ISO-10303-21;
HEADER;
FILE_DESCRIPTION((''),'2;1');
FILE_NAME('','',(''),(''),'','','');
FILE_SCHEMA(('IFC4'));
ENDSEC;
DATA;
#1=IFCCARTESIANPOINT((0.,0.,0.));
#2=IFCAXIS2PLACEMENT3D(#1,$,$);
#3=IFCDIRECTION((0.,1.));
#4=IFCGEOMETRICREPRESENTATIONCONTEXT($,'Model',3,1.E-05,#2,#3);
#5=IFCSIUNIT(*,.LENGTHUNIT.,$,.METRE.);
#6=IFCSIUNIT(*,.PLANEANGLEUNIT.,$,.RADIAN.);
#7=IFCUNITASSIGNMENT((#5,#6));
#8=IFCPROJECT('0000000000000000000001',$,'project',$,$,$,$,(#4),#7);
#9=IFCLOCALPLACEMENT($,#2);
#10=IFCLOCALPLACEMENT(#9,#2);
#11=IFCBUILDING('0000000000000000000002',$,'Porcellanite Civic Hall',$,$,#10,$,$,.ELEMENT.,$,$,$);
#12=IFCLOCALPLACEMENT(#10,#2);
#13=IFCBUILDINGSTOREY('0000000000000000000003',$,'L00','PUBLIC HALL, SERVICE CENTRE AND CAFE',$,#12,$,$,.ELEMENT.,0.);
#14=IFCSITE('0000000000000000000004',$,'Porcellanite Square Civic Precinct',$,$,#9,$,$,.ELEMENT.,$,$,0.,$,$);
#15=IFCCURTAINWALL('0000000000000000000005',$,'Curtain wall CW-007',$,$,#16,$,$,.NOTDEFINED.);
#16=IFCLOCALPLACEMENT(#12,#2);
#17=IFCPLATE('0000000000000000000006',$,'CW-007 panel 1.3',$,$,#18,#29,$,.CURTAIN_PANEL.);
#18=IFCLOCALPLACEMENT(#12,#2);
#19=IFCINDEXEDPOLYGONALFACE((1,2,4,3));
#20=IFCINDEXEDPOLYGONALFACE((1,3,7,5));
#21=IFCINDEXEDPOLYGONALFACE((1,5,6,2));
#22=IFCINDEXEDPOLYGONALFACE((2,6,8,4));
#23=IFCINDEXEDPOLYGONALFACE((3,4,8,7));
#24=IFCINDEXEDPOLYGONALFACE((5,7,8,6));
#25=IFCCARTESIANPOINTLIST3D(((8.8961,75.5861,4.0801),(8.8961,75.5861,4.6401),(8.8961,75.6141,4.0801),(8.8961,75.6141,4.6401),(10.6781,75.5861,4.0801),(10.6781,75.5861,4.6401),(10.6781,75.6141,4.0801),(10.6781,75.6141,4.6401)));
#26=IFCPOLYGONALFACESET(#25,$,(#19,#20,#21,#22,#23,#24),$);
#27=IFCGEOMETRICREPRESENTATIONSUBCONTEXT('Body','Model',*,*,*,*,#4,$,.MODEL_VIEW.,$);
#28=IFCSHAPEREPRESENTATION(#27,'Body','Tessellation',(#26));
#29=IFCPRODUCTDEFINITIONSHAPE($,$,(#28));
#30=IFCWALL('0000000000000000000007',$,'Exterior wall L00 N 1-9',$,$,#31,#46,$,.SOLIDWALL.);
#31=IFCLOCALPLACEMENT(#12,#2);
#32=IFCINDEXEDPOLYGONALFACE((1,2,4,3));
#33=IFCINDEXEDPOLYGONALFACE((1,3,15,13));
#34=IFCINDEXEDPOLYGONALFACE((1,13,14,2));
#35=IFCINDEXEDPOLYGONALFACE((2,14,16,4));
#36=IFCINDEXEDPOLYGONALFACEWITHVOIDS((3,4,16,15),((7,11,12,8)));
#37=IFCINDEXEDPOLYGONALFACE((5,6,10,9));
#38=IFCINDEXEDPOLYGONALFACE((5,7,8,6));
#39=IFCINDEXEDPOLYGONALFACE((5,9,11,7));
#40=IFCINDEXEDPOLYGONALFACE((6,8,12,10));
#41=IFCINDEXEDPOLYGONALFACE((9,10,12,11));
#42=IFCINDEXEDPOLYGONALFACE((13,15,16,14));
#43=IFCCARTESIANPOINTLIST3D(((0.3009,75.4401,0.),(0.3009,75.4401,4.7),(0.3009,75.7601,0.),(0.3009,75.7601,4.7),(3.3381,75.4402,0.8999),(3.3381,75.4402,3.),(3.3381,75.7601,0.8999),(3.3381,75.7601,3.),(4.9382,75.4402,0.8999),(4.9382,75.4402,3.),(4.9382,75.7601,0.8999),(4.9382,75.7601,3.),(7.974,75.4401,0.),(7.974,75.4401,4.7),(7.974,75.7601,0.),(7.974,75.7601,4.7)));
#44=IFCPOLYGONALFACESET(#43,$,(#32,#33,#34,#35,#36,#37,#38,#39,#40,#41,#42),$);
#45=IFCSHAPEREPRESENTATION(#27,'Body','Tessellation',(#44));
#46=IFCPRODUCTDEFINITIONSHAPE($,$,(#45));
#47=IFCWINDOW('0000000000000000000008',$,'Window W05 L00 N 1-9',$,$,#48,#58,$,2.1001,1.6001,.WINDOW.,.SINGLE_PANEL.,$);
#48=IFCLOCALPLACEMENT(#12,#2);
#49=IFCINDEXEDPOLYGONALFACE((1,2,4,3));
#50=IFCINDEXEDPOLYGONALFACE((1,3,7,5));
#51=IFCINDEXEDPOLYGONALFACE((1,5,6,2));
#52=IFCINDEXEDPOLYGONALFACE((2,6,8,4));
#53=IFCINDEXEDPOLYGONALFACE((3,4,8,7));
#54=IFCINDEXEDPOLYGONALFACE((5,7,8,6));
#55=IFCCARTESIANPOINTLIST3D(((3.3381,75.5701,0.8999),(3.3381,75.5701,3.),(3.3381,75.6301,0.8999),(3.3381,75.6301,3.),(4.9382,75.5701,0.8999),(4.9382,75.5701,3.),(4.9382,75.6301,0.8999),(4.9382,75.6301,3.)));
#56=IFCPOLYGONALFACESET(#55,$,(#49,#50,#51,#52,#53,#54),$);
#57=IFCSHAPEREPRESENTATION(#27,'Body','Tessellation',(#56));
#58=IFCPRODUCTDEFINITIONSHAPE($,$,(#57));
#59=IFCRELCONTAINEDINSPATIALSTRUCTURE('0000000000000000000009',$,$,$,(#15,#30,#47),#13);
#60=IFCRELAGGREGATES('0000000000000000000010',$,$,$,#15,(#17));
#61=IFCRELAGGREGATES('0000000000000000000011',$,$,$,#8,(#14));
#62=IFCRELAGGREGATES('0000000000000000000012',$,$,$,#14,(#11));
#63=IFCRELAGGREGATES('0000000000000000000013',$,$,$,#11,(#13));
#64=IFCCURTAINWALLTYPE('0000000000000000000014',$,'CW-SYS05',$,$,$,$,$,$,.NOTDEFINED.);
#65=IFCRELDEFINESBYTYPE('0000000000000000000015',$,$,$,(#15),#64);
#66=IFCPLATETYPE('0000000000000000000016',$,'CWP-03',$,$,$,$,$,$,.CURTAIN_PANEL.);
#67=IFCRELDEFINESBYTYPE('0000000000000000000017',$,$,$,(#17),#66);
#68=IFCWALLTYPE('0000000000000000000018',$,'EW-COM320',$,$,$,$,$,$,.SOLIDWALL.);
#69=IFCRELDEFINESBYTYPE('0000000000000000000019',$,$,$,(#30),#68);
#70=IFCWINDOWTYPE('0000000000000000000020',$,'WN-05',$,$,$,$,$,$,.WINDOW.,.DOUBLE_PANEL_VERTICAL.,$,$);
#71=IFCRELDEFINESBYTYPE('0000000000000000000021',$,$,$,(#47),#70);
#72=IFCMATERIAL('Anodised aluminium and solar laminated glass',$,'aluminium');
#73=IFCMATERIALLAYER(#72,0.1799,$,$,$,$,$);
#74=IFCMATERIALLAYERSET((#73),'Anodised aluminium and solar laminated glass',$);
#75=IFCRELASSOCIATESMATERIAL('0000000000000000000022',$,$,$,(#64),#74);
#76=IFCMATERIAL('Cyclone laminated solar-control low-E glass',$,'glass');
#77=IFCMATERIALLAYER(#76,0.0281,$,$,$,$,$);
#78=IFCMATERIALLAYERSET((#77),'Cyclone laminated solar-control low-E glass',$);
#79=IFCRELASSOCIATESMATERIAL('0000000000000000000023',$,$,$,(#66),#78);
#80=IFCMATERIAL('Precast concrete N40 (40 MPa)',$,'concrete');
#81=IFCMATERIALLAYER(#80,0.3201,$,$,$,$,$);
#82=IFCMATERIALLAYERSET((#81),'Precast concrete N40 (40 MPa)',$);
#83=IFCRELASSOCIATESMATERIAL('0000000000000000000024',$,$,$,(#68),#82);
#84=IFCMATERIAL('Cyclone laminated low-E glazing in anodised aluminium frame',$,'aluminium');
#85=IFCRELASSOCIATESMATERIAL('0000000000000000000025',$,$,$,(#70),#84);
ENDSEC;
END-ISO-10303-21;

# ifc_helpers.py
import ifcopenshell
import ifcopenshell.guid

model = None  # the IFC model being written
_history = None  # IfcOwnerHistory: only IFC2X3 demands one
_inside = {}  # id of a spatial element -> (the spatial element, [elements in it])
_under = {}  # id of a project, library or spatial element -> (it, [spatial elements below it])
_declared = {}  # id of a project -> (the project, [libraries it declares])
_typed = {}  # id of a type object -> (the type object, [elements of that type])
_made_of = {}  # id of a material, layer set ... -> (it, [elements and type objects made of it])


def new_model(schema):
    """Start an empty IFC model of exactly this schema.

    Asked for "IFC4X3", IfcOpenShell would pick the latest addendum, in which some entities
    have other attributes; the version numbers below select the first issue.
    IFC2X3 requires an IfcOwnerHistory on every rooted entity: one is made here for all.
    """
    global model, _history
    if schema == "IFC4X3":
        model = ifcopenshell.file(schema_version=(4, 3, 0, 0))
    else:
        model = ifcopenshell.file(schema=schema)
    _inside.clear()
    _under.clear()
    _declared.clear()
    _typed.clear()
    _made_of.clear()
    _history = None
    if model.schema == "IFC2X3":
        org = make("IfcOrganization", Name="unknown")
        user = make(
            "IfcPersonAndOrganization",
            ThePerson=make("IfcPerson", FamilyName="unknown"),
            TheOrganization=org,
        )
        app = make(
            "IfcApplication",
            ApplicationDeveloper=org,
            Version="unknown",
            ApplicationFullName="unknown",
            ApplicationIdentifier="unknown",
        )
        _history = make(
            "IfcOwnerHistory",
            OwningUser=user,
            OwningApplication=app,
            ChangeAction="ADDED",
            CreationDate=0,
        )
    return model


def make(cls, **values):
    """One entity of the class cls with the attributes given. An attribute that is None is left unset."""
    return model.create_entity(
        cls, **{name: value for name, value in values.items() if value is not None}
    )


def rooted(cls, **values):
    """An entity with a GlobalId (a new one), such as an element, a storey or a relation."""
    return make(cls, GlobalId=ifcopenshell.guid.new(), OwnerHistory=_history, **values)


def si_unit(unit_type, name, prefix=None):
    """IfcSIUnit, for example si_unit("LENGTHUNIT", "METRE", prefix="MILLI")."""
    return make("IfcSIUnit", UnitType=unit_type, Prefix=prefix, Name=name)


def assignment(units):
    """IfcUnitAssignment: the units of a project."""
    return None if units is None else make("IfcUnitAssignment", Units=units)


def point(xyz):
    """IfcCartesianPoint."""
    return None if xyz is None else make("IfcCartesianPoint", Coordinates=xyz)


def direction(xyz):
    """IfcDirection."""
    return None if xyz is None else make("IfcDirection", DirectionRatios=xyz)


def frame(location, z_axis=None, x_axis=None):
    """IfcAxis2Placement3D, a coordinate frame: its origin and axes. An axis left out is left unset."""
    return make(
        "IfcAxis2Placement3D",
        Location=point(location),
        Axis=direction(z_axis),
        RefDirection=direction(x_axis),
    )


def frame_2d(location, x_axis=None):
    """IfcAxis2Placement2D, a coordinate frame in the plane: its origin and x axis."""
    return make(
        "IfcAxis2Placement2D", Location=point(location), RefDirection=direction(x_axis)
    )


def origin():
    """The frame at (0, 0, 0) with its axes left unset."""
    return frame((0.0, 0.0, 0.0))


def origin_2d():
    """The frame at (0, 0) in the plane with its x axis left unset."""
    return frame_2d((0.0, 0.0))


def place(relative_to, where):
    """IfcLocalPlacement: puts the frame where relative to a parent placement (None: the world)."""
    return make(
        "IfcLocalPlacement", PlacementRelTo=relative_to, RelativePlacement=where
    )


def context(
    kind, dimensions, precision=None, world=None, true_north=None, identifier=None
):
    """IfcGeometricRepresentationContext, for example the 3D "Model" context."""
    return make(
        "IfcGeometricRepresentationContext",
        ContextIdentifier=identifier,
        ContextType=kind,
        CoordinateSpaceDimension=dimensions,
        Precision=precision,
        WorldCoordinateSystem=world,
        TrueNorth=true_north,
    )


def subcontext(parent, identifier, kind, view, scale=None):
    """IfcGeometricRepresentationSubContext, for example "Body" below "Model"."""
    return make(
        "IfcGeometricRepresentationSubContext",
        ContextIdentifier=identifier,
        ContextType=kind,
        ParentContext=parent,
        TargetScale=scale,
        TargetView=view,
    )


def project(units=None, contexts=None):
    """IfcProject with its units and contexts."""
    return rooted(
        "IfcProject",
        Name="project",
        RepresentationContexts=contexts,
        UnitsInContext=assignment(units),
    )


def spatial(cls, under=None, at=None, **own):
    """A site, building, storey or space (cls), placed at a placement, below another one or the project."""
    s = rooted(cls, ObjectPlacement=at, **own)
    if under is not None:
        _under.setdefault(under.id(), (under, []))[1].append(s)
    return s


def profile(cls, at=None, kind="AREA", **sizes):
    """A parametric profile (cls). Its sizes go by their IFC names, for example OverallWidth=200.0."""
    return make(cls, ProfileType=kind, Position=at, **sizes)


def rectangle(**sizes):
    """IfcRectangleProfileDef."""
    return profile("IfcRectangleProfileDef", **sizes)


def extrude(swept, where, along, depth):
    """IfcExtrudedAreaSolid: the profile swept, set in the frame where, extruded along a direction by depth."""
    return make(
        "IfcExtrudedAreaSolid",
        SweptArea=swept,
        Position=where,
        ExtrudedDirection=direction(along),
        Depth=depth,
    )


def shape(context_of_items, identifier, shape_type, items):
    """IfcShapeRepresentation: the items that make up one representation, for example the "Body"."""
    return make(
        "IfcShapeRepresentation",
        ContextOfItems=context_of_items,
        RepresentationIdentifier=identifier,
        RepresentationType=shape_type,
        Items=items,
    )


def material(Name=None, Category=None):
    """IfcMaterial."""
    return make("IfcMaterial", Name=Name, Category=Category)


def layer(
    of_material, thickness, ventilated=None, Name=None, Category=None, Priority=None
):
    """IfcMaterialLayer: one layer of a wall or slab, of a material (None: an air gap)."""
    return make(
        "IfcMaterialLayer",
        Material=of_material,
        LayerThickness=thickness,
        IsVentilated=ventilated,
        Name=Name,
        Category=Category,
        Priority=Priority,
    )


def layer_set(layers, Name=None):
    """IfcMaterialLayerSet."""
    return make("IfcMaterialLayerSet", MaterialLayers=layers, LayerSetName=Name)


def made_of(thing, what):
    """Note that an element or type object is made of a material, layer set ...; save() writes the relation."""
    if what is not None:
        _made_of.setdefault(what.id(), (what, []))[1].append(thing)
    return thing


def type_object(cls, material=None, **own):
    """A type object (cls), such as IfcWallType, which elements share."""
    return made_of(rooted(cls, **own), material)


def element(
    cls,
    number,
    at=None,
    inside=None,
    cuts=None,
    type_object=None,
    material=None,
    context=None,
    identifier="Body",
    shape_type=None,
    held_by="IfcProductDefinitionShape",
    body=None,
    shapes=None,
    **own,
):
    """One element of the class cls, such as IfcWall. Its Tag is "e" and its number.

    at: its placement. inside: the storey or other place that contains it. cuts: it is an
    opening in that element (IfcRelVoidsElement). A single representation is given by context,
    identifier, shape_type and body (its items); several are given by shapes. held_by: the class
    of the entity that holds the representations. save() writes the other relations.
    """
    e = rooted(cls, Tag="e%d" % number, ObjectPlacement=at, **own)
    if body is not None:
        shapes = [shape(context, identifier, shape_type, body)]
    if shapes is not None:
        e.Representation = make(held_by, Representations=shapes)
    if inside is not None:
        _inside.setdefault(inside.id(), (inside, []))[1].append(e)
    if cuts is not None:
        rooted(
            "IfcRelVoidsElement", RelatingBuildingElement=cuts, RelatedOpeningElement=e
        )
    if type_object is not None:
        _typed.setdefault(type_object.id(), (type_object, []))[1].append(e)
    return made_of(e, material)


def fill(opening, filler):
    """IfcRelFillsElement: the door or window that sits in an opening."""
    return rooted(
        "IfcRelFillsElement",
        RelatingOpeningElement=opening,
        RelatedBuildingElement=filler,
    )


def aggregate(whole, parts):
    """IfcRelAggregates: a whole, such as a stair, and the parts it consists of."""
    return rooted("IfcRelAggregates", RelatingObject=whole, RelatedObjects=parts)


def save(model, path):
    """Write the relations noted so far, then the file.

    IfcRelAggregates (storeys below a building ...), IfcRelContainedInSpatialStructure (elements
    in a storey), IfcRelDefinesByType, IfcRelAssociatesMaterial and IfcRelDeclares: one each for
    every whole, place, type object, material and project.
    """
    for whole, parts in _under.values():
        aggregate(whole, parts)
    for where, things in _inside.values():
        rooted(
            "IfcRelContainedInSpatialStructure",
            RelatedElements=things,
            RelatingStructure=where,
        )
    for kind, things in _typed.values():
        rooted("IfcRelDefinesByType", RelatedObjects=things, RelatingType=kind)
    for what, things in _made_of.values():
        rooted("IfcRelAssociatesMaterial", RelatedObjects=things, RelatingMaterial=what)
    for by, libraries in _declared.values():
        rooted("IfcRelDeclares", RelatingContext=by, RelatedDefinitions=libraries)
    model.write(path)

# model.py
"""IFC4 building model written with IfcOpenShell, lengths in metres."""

from ifc_helpers import new_model, si_unit, direction, frame, frame_2d, origin, origin_2d, place, context, subcontext, project, spatial, rectangle, extrude, material, layer, layer_set, type_object, element, fill, aggregate, save


model = new_model("IFC4")

# Units and contexts
model_context = context("Model", 3, precision=1e-05, world=origin(), true_north=direction((0.0, 1.0)))
body_context = subcontext(model_context, "Body", "Model", "MODEL_VIEW")
ifc_project = project(units=[si_unit("LENGTHUNIT", "METRE"), si_unit("PLANEANGLEUNIT", "RADIAN")], contexts=[model_context])

# Site, building, storey
site_placement = place(None, origin())
site = spatial("IfcSite", under=ifc_project, at=site_placement, Name="Porcellanite Square Civic Precinct", CompositionType="ELEMENT", RefElevation=0.0)
building_placement = place(site_placement, origin())
building = spatial("IfcBuilding", under=site, at=building_placement, Name="Porcellanite Civic Hall", CompositionType="ELEMENT")
storey_placement = place(building_placement, origin())
storey = spatial("IfcBuildingStorey", under=building, at=storey_placement, Name="L00", Description="PUBLIC HALL, SERVICE CENTRE AND CAFE", CompositionType="ELEMENT", Elevation=0.0)

# Shared definitions
ifc_material_1 = material(Name="Anodised aluminium and solar laminated glass", Category="aluminium")
ifc_layer_1 = layer(ifc_material_1, 0.1799)
ifc_layer_set_1 = layer_set([ifc_layer_1], Name="Anodised aluminium and solar laminated glass")
curtain_wall_type = type_object("IfcCurtainWallType", Name="CW-SYS05", PredefinedType="NOTDEFINED", material=ifc_layer_set_1)

# Curtain wall
curtain_wall_1_placement = place(storey_placement, origin())
curtain_wall_1 = element("IfcCurtainWall", 1, at=curtain_wall_1_placement, inside=storey, type_object=curtain_wall_type, Name="Curtain wall CW-007", PredefinedType="NOTDEFINED")

# Plate
ifc_material_2 = material(Name="Cyclone laminated solar-control low-E glass", Category="glass")
ifc_layer_2 = layer(ifc_material_2, 0.0281)
ifc_layer_set_2 = layer_set([ifc_layer_2], Name="Cyclone laminated solar-control low-E glass")
plate_type = type_object("IfcPlateType", Name="CWP-03", PredefinedType="CURTAIN_PANEL", material=ifc_layer_set_2)
plate_1_placement = place(storey_placement, frame((9.7871, 75.6001, 4.0801), z_axis=(0.0, 0.0, 1.0), x_axis=(1.0, 0.0, 0.0)))
plate_1 = element("IfcPlate", 2, at=plate_1_placement, type_object=plate_type, Name="CW-007 panel 1.3", PredefinedType="CURTAIN_PANEL", context=body_context, shape_type="SweptSolid", body=[
    extrude(rectangle(XDim=1.782, YDim=0.0281, at=origin_2d()), origin(), (0.0, 0.0, 1.0), 0.5601),
])
aggregate(curtain_wall_1, [plate_1])

# Wall, opening, window
ifc_material_3 = material(Name="Precast concrete N40 (40 MPa)", Category="concrete")
ifc_layer_3 = layer(ifc_material_3, 0.3201)
ifc_layer_set_3 = layer_set([ifc_layer_3], Name="Precast concrete N40 (40 MPa)")
wall_type = type_object("IfcWallType", Name="EW-COM320", PredefinedType="SOLIDWALL", material=ifc_layer_set_3)
wall_placement = place(storey_placement, frame((0.301, 75.6001, 0.0), z_axis=(0.0, 0.0, 1.0), x_axis=(1.0, 0.0, 0.0)))
wall = element("IfcWall", 3, at=wall_placement, inside=storey, type_object=wall_type, Name="Exterior wall L00 N 1-9", PredefinedType="SOLIDWALL", context=body_context, shape_type="SweptSolid", body=[
    extrude(rectangle(XDim=7.6731, YDim=0.3201, at=frame_2d((3.8364, 0.0))), origin(), (0.0, 0.0, 1.0), 4.7),
])
opening_placement = place(wall_placement, frame((3.0371, 0.0, 0.8999)))
opening = element("IfcOpeningElement", 4, at=opening_placement, cuts=wall, PredefinedType="OPENING", context=body_context, shape_type="SweptSolid", body=[
    extrude(rectangle(XDim=1.6001, YDim=2.1001, at=frame_2d((0.8, 1.05))), frame((0.0, 0.1602, 0.0), z_axis=(0.0, -1.0, 0.0), x_axis=(1.0, 0.0, 0.0)), (0.0, 0.0, 1.0), 0.3201),
])
ifc_material_4 = material(Name="Cyclone laminated low-E glazing in anodised aluminium frame", Category="aluminium")
window_type = type_object("IfcWindowType", Name="WN-05", PartitioningType="DOUBLE_PANEL_VERTICAL", PredefinedType="WINDOW", material=ifc_material_4)
window_placement = place(opening_placement, origin())
window = element("IfcWindow", 5, at=window_placement, inside=storey, type_object=window_type, Name="Window W05 L00 N 1-9", OverallHeight=2.1001, OverallWidth=1.6001, PartitioningType="SINGLE_PANEL", PredefinedType="WINDOW", context=body_context, shape_type="SweptSolid", body=[
    extrude(rectangle(XDim=1.6001, YDim=2.1001, at=frame_2d((0.8, 1.05))), frame((0.0, 0.03, 0.0), z_axis=(0.0, -1.0, 0.0), x_axis=(1.0, 0.0, 0.0)), (0.0, 0.0, 1.0), 0.0601),
])
fill(opening, window)

save(model, "model.ifc")
